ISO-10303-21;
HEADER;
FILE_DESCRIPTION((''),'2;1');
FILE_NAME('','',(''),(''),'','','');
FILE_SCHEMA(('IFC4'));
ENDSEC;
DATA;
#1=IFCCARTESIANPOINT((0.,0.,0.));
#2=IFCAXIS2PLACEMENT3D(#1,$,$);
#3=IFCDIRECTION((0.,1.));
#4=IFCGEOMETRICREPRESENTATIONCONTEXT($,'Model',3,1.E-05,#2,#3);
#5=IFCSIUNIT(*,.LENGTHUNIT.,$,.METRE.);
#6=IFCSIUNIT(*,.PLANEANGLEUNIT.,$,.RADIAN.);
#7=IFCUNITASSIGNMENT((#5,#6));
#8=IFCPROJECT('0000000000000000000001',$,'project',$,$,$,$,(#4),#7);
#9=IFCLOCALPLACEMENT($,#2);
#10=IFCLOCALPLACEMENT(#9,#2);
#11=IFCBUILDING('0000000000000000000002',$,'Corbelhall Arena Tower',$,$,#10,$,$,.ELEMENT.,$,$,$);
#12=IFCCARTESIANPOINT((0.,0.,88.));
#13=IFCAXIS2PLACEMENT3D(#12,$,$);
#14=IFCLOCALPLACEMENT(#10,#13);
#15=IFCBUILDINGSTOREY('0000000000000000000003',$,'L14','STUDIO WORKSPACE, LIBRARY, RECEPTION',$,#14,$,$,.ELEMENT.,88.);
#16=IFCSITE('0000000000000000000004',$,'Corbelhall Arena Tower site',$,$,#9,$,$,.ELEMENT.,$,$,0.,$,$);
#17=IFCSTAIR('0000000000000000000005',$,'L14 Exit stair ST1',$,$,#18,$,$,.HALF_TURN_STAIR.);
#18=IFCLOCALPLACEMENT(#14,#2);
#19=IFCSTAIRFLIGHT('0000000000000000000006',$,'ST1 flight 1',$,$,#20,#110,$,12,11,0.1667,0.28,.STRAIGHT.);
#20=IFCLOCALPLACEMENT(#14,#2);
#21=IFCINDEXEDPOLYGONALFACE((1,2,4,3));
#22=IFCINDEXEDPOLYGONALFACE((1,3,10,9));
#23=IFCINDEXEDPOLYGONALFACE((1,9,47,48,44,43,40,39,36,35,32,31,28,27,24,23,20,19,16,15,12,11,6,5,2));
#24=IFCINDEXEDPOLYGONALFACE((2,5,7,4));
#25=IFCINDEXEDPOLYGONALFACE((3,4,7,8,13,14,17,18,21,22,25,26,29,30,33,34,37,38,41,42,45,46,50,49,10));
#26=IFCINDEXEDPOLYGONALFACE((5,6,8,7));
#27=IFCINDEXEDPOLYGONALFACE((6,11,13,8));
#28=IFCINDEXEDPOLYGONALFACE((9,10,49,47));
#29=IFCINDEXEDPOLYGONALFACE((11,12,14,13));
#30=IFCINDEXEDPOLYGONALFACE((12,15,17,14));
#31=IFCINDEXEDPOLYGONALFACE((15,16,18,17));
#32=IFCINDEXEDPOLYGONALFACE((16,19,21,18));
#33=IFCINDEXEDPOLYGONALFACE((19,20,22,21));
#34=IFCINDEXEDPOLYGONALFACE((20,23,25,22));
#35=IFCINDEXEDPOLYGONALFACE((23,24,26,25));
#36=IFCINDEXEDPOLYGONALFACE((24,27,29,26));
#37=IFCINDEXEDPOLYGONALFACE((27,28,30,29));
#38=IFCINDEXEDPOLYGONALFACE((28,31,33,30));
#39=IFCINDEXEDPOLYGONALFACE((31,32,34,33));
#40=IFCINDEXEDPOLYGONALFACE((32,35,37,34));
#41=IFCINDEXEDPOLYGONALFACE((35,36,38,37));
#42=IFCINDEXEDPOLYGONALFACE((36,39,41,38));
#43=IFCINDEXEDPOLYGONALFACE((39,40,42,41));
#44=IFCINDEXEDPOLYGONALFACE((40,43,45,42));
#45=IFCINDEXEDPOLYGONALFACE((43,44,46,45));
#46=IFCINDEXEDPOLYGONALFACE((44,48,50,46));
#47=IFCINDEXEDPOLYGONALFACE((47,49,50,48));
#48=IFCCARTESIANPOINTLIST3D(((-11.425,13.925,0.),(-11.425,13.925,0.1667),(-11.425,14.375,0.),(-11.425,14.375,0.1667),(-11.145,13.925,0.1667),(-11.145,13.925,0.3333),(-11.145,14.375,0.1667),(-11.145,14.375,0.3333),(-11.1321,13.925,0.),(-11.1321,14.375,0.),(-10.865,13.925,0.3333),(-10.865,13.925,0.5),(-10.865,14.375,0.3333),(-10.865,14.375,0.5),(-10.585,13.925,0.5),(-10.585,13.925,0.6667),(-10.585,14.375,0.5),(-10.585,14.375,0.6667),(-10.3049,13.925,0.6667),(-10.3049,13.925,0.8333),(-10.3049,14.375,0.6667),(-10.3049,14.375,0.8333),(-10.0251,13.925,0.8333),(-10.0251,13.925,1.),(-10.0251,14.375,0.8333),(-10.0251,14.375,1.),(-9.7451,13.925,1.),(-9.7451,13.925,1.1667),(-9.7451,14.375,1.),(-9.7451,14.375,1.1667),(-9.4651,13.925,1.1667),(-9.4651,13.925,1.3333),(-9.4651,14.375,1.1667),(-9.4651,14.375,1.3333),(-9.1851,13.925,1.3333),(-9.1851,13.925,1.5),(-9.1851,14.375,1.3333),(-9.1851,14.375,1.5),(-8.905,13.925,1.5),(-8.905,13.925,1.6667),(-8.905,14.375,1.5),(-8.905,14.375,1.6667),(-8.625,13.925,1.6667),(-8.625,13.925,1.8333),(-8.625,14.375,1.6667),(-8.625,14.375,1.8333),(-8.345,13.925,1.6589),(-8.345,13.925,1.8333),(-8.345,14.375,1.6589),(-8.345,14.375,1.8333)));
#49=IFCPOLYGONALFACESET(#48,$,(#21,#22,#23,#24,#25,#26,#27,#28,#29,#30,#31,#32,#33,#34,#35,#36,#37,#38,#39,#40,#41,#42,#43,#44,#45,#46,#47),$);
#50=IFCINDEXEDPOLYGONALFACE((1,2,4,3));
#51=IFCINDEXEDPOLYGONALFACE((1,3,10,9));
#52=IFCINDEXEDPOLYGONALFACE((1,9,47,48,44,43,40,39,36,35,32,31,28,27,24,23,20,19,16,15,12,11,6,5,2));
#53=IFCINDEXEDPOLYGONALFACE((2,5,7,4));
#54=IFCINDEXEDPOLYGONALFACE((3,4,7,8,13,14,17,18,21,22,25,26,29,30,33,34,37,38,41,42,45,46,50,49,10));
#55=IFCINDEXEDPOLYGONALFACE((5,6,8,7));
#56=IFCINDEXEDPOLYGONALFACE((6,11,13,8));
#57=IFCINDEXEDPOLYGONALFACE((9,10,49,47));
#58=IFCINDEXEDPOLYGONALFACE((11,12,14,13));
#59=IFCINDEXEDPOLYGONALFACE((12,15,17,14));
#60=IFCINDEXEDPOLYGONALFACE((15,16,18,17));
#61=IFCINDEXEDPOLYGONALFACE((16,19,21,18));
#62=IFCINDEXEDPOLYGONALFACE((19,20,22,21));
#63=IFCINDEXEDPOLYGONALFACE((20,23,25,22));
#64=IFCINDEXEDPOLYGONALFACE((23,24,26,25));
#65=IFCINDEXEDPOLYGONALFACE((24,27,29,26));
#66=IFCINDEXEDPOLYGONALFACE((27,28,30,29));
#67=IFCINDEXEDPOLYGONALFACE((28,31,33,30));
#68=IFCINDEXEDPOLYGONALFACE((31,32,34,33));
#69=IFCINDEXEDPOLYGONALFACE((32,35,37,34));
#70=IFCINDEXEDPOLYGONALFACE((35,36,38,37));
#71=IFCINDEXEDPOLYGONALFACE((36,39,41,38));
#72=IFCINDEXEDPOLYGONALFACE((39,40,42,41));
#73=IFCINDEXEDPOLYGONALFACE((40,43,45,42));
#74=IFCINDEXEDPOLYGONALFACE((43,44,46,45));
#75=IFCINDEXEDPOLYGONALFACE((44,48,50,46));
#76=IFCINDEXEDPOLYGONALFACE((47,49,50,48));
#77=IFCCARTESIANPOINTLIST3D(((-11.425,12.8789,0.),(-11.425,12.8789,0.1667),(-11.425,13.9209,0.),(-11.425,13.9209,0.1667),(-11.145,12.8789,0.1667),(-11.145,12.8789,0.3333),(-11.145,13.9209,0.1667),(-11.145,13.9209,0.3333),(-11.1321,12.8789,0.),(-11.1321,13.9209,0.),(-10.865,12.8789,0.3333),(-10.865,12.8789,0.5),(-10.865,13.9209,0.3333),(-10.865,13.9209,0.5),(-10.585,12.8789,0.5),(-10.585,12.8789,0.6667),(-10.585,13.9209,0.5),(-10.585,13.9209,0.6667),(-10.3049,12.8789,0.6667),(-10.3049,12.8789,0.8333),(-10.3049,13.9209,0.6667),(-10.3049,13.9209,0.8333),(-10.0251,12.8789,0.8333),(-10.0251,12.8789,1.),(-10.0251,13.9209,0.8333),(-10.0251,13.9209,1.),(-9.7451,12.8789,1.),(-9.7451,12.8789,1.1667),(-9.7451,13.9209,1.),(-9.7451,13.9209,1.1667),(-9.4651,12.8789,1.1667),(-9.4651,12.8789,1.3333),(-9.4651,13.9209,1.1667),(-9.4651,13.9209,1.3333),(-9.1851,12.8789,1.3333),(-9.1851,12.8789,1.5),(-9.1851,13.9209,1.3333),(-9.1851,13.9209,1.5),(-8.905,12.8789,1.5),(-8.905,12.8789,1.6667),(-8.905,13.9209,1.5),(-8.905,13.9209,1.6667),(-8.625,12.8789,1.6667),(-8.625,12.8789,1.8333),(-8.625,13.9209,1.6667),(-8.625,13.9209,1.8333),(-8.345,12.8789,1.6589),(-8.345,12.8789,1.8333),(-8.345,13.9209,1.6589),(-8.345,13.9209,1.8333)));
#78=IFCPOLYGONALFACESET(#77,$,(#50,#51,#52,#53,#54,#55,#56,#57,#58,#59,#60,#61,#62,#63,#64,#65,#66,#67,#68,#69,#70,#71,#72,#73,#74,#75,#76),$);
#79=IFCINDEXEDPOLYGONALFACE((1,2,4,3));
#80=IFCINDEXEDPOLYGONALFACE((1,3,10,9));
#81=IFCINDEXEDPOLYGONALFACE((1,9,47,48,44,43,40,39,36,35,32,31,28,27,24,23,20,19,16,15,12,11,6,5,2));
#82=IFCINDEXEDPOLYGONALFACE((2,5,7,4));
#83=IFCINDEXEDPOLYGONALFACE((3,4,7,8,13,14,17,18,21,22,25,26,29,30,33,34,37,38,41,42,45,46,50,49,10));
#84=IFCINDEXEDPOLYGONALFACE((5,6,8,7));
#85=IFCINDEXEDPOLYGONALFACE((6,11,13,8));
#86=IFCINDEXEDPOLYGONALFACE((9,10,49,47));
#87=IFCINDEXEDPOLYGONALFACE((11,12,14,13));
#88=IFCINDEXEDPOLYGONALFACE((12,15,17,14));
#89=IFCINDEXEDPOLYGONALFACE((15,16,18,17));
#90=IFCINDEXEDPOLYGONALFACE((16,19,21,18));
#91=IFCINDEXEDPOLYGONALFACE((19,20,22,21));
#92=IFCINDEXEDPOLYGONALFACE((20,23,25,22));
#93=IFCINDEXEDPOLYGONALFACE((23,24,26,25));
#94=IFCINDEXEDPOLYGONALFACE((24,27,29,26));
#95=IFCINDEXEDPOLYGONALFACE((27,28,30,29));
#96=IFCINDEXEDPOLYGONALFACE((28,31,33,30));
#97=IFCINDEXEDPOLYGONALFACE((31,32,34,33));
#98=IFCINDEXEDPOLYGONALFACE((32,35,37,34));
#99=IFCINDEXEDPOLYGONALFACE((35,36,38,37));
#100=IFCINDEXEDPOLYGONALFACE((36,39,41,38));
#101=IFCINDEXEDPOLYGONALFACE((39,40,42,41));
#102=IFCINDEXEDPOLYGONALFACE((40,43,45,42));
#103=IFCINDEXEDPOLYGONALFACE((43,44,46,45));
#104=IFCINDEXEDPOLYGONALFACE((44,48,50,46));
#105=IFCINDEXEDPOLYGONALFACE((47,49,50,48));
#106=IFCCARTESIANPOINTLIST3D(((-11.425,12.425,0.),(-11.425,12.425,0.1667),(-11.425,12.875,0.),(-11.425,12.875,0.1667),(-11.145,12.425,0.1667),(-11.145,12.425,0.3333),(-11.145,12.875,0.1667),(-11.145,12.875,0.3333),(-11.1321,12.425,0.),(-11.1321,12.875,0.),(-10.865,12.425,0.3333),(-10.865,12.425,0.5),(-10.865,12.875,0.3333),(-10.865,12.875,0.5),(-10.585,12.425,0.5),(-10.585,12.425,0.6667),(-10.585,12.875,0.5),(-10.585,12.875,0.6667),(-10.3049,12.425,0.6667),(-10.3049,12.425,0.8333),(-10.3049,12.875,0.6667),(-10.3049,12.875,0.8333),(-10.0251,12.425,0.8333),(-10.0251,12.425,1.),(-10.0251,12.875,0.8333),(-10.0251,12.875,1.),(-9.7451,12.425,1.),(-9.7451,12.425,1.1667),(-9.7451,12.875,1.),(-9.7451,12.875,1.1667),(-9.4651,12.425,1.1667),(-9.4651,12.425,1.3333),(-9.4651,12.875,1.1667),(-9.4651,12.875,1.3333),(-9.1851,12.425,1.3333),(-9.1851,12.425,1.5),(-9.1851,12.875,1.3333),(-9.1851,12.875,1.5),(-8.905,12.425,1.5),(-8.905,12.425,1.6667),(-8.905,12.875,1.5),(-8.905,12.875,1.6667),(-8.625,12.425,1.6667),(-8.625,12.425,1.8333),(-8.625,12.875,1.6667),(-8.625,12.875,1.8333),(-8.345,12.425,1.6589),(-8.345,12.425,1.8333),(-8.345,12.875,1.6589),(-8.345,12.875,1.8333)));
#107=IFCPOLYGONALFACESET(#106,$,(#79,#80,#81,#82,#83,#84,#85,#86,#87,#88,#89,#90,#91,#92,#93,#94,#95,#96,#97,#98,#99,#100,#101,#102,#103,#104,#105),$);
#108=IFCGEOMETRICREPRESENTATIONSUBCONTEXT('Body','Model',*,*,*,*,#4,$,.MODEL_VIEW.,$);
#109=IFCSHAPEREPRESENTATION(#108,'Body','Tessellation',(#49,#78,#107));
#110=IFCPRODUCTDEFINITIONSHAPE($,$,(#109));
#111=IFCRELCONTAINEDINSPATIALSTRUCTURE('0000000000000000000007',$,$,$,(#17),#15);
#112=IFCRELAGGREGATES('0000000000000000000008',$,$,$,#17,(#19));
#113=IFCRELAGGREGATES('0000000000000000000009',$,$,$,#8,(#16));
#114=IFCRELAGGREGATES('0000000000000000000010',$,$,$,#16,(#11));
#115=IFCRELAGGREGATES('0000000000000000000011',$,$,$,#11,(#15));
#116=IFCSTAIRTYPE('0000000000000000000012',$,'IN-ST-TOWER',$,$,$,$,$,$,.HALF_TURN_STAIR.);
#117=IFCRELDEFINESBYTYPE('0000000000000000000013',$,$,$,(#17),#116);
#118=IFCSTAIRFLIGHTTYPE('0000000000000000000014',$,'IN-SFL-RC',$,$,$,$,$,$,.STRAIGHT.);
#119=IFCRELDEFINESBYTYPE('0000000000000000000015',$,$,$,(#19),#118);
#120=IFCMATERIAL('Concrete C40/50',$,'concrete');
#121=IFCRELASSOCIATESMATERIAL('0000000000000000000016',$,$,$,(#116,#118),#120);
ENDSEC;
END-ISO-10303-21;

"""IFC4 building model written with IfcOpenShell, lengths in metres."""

from ifc_helpers import new_model, si_unit, direction, frame, origin, place, context, subcontext, project, spatial, polyline, outline, extrude, material, type_object, element, aggregate, save


model = new_model("IFC4")

# Units and contexts
model_context = context("Model", 3, precision=1e-05, world=origin(), true_north=direction((0.0, 1.0)))
body_context = subcontext(model_context, "Body", "Model", "MODEL_VIEW")
ifc_project = project(units=[si_unit("LENGTHUNIT", "METRE"), si_unit("PLANEANGLEUNIT", "RADIAN")], contexts=[model_context])

# Site, building, storey
site_placement = place(None, origin())
site = spatial("IfcSite", under=ifc_project, at=site_placement, Name="Corbelhall Arena Tower site", CompositionType="ELEMENT", RefElevation=0.0)
building_placement = place(site_placement, origin())
building = spatial("IfcBuilding", under=site, at=building_placement, Name="Corbelhall Arena Tower", CompositionType="ELEMENT")
storey_placement = place(building_placement, frame((0.0, 0.0, 88.0)))
storey = spatial("IfcBuildingStorey", under=building, at=storey_placement, Name="L14", Description="STUDIO WORKSPACE, LIBRARY, RECEPTION", CompositionType="ELEMENT", Elevation=88.0)

# Shared definitions
ifc_material_1 = material(Name="Concrete C40/50", Category="concrete")

# Stair, stair flight
stair_type = type_object("IfcStairType", Name="IN-ST-TOWER", PredefinedType="HALF_TURN_STAIR", material=ifc_material_1)
stair_placement = place(storey_placement, origin())
stair = element("IfcStair", 1, at=stair_placement, inside=storey, type_object=stair_type, Name="L14 Exit stair ST1", PredefinedType="HALF_TURN_STAIR")
stair_flight_type = type_object("IfcStairFlightType", Name="IN-SFL-RC", PredefinedType="STRAIGHT", material=ifc_material_1)
stair_flight_1_placement = place(storey_placement, frame((-11.425, 13.3999, 0.0), z_axis=(0.0, 0.0, 1.0), x_axis=(1.0, 0.0, 0.0)))
stair_flight_1 = element("IfcStairFlight", 2, at=stair_flight_1_placement, type_object=stair_flight_type, Name="ST1 flight 1", NumberOfRisers=12, NumberOfTreads=11, PredefinedType="STRAIGHT", RiserHeight=0.1667, TreadLength=0.28, context=body_context, shape_type="SweptSolid", body=[
    extrude(outline(polyline([(0.0, 0.0), (0.0, 0.1667), (0.28, 0.1667), (0.28, 0.3333), (0.5601, 0.3333), (0.5601, 0.5), (0.8401, 0.5), (0.8401, 0.6667), (1.1201, 0.6667), (1.1201, 0.8333), (1.3999, 0.8333), (1.3999, 1.0), (1.6799, 1.0), (1.6799, 1.1667), (1.96, 1.1667), (1.96, 1.3333), (2.24, 1.3333), (2.24, 1.5), (2.52, 1.5), (2.52, 1.6667), (2.8, 1.6667), (2.8, 1.8333), (3.0801, 1.8333), (3.0801, 2.0), (3.0801, 1.6589), (0.293, 0.0), (0.0, 0.0)])), frame((0.0, 0.9751, 0.0), z_axis=(0.0, -1.0, 0.0), x_axis=(1.0, 0.0, 0.0)), (0.0, 0.0, 1.0), 0.45),
    extrude(outline(polyline([(0.0, 0.0), (0.0, 0.1667), (0.28, 0.1667), (0.28, 0.3333), (0.5601, 0.3333), (0.5601, 0.5), (0.8401, 0.5), (0.8401, 0.6667), (1.1201, 0.6667), (1.1201, 0.8333), (1.3999, 0.8333), (1.3999, 1.0), (1.6799, 1.0), (1.6799, 1.1667), (1.96, 1.1667), (1.96, 1.3333), (2.24, 1.3333), (2.24, 1.5), (2.52, 1.5), (2.52, 1.6667), (2.8, 1.6667), (2.8, 1.8333), (3.0801, 1.8333), (3.0801, 2.0), (3.0801, 1.6589), (0.293, 0.0), (0.0, 0.0)])), frame((0.0, 0.521, 0.0), z_axis=(0.0, -1.0, 0.0), x_axis=(1.0, 0.0, 0.0)), (0.0, 0.0, 1.0), 1.042),
    extrude(outline(polyline([(0.0, 0.0), (0.0, 0.1667), (0.28, 0.1667), (0.28, 0.3333), (0.5601, 0.3333), (0.5601, 0.5), (0.8401, 0.5), (0.8401, 0.6667), (1.1201, 0.6667), (1.1201, 0.8333), (1.3999, 0.8333), (1.3999, 1.0), (1.6799, 1.0), (1.6799, 1.1667), (1.96, 1.1667), (1.96, 1.3333), (2.24, 1.3333), (2.24, 1.5), (2.52, 1.5), (2.52, 1.6667), (2.8, 1.6667), (2.8, 1.8333), (3.0801, 1.8333), (3.0801, 2.0), (3.0801, 1.6589), (0.293, 0.0), (0.0, 0.0)])), frame((0.0, -0.5249, 0.0), z_axis=(0.0, -1.0, 0.0), x_axis=(1.0, 0.0, 0.0)), (0.0, 0.0, 1.0), 0.45),
])
aggregate(stair, [stair_flight_1])

save(model, "model.ifc")
